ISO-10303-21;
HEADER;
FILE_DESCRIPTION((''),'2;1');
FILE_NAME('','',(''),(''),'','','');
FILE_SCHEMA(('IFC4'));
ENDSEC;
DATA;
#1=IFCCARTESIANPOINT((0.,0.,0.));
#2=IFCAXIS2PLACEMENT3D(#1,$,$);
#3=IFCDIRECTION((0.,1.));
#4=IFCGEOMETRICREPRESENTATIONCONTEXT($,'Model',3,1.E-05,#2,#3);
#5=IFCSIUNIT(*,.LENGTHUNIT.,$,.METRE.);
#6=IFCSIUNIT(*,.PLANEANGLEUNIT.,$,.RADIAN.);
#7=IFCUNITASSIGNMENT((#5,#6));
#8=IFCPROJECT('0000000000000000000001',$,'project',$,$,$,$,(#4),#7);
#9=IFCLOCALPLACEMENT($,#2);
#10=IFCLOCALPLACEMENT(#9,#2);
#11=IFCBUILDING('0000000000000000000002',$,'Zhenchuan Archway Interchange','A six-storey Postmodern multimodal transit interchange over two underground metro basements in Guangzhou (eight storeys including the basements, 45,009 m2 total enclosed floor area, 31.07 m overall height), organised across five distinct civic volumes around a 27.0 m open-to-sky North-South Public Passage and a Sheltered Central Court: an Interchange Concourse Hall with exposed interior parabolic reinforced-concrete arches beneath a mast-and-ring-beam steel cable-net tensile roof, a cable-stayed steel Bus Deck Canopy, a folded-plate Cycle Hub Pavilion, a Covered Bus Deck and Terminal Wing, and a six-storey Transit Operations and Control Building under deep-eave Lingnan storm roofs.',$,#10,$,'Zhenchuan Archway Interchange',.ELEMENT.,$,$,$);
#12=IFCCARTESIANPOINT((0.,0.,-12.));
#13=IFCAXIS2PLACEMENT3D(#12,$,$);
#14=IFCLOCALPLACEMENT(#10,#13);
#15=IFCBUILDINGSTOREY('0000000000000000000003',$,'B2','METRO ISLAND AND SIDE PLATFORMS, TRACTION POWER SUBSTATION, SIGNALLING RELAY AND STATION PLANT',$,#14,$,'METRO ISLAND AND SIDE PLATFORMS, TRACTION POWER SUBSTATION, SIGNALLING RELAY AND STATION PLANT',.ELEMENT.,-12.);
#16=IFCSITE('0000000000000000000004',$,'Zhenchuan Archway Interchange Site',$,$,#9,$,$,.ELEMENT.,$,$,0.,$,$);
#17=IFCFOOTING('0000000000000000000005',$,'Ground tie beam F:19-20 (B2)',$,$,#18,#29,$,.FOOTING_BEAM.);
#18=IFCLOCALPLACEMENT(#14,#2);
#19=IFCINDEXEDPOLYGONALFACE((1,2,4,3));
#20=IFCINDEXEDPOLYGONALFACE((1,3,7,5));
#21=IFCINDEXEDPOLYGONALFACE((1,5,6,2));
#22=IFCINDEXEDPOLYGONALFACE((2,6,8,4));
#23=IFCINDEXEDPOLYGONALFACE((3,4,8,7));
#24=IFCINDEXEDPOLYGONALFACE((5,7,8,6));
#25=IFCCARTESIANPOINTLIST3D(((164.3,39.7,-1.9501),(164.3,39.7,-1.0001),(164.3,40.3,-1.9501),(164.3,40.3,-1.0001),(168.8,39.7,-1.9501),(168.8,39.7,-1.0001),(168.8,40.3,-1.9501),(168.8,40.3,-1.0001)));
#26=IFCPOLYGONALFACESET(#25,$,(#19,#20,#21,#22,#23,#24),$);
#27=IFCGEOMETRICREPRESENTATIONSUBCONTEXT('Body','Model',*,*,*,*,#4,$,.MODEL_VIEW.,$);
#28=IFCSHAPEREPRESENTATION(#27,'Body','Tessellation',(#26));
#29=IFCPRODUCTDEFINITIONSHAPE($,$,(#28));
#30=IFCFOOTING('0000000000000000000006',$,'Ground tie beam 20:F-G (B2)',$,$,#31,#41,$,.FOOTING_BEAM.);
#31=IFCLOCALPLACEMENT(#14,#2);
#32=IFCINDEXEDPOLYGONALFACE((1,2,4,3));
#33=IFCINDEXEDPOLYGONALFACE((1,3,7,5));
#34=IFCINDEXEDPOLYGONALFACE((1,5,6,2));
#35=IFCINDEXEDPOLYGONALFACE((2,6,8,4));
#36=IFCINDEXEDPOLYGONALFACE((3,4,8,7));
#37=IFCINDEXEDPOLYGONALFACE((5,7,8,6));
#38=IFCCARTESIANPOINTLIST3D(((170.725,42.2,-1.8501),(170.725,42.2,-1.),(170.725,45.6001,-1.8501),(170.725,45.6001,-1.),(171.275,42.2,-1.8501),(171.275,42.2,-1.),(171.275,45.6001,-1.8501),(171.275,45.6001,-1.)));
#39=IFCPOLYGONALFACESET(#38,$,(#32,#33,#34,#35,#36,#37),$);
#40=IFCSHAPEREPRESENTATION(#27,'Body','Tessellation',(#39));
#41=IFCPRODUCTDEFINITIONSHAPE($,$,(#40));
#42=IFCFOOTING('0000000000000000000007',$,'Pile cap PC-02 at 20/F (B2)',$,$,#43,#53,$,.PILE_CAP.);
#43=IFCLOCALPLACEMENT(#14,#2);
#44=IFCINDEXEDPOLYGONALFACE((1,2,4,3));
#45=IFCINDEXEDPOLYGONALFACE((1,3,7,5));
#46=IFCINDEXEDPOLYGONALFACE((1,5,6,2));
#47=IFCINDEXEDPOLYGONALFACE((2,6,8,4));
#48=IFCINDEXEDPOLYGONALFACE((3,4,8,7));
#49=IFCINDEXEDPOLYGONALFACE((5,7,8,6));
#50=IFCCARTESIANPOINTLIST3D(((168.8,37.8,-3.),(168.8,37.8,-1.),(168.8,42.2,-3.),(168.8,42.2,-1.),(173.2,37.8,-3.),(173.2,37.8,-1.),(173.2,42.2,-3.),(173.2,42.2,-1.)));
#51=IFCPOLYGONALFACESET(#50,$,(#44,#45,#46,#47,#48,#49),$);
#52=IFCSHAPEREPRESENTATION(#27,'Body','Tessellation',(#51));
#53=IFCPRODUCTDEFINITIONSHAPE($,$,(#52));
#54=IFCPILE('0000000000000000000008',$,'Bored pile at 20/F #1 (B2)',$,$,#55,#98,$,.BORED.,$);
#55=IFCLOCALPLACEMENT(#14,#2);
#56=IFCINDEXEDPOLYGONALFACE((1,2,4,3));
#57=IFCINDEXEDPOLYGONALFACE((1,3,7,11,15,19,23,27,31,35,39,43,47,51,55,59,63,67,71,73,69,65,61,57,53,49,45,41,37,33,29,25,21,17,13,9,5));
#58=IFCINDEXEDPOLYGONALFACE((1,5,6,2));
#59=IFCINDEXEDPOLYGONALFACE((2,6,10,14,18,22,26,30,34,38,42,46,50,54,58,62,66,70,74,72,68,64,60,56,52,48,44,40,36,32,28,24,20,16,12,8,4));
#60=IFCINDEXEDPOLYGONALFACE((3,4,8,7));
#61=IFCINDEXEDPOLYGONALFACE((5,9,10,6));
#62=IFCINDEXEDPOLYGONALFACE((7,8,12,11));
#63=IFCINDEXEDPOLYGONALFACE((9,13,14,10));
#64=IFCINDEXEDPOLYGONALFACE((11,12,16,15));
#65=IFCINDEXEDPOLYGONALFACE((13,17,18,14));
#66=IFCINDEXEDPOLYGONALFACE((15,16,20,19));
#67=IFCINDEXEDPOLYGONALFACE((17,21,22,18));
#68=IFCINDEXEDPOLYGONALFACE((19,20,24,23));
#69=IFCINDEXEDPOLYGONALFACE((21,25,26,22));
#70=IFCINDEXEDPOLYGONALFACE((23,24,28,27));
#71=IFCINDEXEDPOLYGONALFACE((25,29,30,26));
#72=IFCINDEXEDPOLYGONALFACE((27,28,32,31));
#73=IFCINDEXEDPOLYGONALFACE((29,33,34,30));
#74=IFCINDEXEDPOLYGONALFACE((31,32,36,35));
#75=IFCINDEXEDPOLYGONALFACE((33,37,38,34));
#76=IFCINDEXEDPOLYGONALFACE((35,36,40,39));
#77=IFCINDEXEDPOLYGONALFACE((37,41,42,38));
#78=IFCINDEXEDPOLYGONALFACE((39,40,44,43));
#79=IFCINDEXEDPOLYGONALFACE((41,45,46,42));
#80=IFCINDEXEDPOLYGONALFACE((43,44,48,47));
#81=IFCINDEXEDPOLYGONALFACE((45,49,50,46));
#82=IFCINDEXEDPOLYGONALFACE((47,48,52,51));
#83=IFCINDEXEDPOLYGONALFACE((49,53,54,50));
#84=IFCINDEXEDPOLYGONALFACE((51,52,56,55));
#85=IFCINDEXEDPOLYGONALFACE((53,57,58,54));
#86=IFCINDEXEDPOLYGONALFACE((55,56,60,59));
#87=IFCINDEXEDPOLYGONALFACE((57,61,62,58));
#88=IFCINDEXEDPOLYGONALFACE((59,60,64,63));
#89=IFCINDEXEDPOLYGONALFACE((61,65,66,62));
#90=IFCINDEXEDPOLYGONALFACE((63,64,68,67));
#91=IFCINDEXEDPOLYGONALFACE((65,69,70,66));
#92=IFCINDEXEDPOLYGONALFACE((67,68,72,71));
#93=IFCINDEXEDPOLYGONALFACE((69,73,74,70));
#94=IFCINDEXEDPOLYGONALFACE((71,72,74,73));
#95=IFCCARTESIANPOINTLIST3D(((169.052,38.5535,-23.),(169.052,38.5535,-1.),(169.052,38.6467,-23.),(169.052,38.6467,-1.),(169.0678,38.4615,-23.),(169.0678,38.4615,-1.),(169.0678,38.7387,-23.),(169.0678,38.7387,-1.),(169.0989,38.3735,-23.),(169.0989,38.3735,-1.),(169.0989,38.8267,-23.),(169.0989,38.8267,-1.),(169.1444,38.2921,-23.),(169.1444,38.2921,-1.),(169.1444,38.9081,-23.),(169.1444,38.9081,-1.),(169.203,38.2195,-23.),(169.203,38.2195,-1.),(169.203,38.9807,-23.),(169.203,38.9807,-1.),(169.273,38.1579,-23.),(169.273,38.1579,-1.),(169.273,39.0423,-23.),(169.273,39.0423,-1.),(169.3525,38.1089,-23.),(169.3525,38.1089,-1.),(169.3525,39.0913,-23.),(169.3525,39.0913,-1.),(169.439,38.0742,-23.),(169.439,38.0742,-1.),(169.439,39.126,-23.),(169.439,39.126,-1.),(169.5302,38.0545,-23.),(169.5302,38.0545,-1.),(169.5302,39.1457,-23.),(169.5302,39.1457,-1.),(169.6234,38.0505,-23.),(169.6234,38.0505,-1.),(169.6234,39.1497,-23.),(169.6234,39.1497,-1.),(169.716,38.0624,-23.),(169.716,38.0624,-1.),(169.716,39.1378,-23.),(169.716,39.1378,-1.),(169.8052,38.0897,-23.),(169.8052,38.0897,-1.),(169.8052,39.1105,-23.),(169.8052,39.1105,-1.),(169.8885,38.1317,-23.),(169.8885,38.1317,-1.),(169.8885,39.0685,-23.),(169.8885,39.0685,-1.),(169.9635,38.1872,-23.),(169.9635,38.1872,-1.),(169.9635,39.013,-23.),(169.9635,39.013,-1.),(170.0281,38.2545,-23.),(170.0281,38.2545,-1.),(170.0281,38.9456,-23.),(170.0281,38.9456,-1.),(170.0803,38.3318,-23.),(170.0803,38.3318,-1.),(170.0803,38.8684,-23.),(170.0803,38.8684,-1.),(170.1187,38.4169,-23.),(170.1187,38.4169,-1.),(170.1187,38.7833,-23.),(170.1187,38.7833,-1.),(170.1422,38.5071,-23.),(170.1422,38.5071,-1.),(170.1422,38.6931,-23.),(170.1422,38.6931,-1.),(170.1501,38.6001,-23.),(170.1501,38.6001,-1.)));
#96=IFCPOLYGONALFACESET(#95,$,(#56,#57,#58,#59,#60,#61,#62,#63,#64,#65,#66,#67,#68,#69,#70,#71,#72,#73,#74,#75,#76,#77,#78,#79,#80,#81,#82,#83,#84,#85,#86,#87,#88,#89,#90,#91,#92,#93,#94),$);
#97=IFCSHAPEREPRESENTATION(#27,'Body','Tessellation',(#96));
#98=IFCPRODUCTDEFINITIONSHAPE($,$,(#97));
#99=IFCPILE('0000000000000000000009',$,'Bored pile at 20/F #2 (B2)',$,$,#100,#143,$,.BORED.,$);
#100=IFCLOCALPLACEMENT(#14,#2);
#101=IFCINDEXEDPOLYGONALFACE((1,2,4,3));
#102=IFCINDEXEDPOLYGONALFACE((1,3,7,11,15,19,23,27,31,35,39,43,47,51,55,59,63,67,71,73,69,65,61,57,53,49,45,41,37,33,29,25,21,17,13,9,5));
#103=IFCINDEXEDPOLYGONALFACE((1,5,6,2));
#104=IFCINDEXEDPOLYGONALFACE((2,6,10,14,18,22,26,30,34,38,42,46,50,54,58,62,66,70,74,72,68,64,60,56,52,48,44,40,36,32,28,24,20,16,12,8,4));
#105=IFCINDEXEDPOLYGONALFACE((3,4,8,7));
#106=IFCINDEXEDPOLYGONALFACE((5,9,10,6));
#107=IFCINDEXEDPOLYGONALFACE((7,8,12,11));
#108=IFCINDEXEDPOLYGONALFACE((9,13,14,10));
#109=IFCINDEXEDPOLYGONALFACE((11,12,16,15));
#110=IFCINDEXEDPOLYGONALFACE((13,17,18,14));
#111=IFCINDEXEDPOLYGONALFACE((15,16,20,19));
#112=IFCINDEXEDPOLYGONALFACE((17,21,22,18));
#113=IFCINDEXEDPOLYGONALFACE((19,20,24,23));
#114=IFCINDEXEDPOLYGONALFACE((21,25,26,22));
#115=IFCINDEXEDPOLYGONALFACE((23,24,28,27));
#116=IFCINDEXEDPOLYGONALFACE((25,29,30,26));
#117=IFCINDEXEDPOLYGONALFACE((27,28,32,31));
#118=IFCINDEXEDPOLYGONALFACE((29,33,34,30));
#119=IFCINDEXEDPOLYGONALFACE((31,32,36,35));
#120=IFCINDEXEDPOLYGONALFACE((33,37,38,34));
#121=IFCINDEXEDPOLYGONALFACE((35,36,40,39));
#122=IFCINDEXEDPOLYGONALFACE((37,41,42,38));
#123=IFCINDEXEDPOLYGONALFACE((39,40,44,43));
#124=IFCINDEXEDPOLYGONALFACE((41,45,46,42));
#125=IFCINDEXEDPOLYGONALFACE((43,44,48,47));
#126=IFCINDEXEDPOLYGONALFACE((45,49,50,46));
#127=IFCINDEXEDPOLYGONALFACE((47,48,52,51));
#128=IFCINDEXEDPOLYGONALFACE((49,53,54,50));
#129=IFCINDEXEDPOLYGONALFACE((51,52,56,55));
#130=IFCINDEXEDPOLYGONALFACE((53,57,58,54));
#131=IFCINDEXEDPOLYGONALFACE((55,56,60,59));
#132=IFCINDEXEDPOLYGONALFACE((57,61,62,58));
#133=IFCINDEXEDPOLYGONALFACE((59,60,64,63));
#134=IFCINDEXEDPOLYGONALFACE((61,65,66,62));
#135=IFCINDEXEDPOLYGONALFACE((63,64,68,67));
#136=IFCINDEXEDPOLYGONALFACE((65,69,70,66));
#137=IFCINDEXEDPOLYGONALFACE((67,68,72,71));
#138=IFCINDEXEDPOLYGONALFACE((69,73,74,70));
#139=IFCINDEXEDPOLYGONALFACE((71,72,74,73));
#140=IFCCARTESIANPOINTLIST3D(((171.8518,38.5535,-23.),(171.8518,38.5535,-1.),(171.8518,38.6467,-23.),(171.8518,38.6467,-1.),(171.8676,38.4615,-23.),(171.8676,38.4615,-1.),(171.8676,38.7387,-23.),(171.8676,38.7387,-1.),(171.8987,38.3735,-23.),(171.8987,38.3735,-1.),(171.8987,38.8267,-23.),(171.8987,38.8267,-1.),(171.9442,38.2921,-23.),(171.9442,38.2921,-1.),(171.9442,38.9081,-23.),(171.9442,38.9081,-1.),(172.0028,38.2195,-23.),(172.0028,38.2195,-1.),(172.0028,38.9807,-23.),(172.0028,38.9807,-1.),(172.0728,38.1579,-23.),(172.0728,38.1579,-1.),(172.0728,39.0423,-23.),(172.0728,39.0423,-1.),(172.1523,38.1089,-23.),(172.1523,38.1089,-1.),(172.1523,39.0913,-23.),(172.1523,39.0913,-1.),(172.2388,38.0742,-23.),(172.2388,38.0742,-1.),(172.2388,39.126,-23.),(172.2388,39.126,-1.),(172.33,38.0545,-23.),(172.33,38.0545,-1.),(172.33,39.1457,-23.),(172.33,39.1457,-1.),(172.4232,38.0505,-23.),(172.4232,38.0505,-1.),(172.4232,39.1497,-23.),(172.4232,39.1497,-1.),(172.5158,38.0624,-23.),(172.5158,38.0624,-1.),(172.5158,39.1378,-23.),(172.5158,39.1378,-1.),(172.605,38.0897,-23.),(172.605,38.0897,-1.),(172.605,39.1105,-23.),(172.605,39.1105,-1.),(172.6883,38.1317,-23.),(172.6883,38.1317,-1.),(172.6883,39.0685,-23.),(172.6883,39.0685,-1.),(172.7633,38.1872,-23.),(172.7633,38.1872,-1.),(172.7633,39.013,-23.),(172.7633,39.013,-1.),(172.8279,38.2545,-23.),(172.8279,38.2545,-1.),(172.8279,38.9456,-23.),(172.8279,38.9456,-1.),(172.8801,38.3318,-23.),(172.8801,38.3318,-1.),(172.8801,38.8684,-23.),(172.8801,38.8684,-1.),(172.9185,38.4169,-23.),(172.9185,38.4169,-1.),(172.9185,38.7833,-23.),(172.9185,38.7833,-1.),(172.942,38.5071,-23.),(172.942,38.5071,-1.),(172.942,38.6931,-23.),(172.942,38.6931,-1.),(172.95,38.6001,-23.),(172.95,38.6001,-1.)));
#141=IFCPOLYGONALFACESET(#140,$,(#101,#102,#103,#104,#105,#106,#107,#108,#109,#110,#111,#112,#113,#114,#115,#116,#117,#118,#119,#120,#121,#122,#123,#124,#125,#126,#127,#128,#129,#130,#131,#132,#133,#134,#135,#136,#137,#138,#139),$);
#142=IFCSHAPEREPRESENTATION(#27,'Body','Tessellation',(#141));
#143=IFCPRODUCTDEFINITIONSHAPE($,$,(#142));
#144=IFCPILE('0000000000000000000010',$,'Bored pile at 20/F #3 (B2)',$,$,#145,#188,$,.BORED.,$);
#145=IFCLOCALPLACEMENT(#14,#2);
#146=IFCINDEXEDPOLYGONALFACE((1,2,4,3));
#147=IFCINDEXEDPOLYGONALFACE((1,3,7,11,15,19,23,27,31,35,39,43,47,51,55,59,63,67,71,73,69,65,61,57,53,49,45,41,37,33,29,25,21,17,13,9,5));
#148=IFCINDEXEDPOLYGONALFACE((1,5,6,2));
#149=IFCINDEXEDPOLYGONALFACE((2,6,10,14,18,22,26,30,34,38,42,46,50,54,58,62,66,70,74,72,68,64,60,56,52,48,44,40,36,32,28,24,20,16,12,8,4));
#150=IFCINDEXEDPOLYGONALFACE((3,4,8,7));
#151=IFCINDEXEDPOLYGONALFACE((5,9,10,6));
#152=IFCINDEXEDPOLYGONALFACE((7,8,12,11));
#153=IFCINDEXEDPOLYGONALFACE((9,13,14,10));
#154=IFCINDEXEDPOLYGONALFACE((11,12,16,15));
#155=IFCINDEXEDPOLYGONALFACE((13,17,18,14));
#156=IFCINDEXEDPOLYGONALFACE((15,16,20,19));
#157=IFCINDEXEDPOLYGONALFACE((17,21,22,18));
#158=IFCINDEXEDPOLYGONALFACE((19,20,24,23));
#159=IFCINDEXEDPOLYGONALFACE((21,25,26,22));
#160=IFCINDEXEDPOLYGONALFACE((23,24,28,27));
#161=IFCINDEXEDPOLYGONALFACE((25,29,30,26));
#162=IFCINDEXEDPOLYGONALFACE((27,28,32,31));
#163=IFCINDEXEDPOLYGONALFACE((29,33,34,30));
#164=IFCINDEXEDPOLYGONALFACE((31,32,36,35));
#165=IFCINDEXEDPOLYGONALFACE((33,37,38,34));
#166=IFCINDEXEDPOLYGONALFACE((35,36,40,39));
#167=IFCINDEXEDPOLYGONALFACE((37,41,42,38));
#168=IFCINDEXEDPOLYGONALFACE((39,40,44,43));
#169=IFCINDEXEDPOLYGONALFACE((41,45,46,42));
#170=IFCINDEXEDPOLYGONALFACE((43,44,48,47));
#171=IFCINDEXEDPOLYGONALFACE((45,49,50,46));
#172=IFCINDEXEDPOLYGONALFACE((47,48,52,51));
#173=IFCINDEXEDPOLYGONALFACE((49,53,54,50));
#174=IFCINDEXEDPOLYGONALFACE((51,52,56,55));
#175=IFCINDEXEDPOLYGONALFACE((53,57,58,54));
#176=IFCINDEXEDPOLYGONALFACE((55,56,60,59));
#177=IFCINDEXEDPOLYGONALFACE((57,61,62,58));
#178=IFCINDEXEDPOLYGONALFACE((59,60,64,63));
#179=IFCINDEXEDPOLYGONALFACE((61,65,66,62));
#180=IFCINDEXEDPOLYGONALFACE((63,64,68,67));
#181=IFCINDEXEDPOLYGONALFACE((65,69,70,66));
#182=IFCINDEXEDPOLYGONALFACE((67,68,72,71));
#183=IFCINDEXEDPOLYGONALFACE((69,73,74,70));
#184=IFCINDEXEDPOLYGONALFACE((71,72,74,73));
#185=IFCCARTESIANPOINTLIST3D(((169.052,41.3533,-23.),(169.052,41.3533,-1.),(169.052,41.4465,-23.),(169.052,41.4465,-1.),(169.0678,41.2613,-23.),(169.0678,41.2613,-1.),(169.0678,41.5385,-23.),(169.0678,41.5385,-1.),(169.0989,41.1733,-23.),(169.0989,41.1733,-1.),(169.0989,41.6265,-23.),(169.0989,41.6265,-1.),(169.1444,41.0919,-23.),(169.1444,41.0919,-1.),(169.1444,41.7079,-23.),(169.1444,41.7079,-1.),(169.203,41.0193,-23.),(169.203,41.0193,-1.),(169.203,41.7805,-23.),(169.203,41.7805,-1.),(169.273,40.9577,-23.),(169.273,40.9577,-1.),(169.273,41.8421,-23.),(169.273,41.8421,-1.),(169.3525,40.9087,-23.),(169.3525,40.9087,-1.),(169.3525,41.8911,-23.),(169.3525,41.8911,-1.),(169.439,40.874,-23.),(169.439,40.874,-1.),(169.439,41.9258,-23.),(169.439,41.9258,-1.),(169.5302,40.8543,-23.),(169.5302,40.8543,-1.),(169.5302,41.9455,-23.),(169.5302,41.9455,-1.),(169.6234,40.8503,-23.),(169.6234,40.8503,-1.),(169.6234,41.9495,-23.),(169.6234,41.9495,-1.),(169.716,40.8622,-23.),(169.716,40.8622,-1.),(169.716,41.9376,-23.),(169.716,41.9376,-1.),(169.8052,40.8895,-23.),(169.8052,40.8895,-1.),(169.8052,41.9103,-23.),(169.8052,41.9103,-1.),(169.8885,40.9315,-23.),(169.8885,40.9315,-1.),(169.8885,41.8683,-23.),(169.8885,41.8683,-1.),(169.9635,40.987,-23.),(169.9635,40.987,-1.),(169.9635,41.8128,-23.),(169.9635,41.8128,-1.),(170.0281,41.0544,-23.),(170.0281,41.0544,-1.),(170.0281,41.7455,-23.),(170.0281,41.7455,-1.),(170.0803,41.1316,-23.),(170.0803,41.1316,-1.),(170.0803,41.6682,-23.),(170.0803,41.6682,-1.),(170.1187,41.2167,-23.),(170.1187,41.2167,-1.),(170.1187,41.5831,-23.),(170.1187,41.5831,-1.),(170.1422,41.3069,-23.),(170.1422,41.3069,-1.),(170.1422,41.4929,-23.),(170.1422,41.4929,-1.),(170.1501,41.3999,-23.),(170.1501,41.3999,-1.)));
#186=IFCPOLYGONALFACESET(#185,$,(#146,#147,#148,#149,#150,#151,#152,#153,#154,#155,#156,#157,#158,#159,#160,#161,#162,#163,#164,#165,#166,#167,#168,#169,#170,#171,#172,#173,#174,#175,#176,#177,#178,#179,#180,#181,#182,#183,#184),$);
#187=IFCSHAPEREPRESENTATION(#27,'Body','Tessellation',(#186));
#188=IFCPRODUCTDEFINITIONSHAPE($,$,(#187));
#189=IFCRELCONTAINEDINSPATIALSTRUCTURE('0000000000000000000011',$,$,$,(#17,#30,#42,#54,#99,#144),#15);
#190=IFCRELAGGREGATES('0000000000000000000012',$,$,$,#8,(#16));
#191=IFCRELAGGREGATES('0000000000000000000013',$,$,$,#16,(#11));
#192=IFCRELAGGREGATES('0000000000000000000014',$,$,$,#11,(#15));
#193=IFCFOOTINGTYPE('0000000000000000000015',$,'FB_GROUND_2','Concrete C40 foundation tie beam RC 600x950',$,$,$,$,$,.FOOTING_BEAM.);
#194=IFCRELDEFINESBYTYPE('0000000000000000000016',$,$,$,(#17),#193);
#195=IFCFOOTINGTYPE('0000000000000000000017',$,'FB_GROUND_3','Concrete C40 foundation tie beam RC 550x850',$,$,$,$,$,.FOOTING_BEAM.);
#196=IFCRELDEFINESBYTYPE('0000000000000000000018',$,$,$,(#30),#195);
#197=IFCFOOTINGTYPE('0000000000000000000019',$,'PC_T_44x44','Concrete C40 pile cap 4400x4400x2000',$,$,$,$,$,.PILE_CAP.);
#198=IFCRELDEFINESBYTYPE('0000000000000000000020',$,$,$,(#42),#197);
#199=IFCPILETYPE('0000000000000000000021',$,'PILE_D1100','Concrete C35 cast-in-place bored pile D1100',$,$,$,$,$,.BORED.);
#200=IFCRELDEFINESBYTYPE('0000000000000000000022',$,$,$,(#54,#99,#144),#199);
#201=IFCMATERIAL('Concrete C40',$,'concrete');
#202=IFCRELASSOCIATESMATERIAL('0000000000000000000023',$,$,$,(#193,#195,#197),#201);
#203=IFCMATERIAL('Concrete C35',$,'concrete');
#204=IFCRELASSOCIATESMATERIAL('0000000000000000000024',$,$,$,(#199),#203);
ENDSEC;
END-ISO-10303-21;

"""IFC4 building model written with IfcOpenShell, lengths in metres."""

from ifc_helpers import new_model, si_unit, direction, frame, origin, origin_2d, place, context, subcontext, project, spatial, rectangle, circle, extrude, material, material_profile, profile_set, type_object, element, save


model = new_model("IFC4")

# Units and contexts
model_context = context("Model", 3, precision=1e-05, world=origin(), true_north=direction((0.0, 1.0)))
body_context = subcontext(model_context, "Body", "Model", "MODEL_VIEW")
ifc_project = project(units=[si_unit("LENGTHUNIT", "METRE"), si_unit("PLANEANGLEUNIT", "RADIAN")], contexts=[model_context])

# Site, building, storey
site_placement = place(None, origin())
site = spatial("IfcSite", under=ifc_project, at=site_placement, Name="Zhenchuan Archway Interchange Site", CompositionType="ELEMENT", RefElevation=0.0)
building_placement = place(site_placement, origin())
building = spatial("IfcBuilding", under=site, at=building_placement, Name="Zhenchuan Archway Interchange", Description="A six-storey Postmodern multimodal transit interchange over two underground metro basements in Guangzhou (eight storeys including the basements, 45,009 m2 total enclosed floor area, 31.07 m overall height), organised across five distinct civic volumes around a 27.0 m open-to-sky North-South Public Passage and a Sheltered Central Court: an Interchange Concourse Hall with exposed interior parabolic reinforced-concrete arches beneath a mast-and-ring-beam steel cable-net tensile roof, a cable-stayed steel Bus Deck Canopy, a folded-plate Cycle Hub Pavilion, a Covered Bus Deck and Terminal Wing, and a six-storey Transit Operations and Control Building under deep-eave Lingnan storm roofs.", LongName="Zhenchuan Archway Interchange", CompositionType="ELEMENT")
storey_placement = place(building_placement, frame((0.0, 0.0, -12.0)))
storey = spatial("IfcBuildingStorey", under=building, at=storey_placement, Name="B2", Description="METRO ISLAND AND SIDE PLATFORMS, TRACTION POWER SUBSTATION, SIGNALLING RELAY AND STATION PLANT", LongName="METRO ISLAND AND SIDE PLATFORMS, TRACTION POWER SUBSTATION, SIGNALLING RELAY AND STATION PLANT", CompositionType="ELEMENT", Elevation=-12.0)

# Footings
ifc_material_1 = material(Name="Concrete C40", Category="concrete")
ifc_material_profile_1 = material_profile(ifc_material_1, rectangle(XDim=0.6001, YDim=0.95, at=origin_2d()), Name="RC 600x950")
ifc_profile_set_1 = profile_set([ifc_material_profile_1], Name="Concrete C40")
footing_type_1 = type_object("IfcFootingType", Name="FB_GROUND_2", Description="Concrete C40 foundation tie beam RC 600x950", PredefinedType="FOOTING_BEAM", material=ifc_profile_set_1)
footing_1_placement = place(storey_placement, frame((164.3, 40.0, -1.4751), z_axis=(1.0, 0.0, 0.0), x_axis=(0.0, 1.0, 0.0)))
element("IfcFooting", 1, at=footing_1_placement, inside=storey, type_object=footing_type_1, Name="Ground tie beam F:19-20 (B2)", PredefinedType="FOOTING_BEAM", context=body_context, shape_type="SweptSolid", body=[
    extrude(rectangle(XDim=0.6001, YDim=0.95, at=origin_2d()), origin(), (0.0, 0.0, 1.0), 4.5),
])
ifc_material_profile_2 = material_profile(ifc_material_1, rectangle(XDim=0.55, YDim=0.8501, at=origin_2d()), Name="RC 550x850")
ifc_profile_set_2 = profile_set([ifc_material_profile_2], Name="Concrete C40")
footing_type_2 = type_object("IfcFootingType", Name="FB_GROUND_3", Description="Concrete C40 foundation tie beam RC 550x850", PredefinedType="FOOTING_BEAM", material=ifc_profile_set_2)
footing_2_placement = place(storey_placement, frame((171.0, 42.2, -1.425), z_axis=(0.0, 1.0, 0.0), x_axis=(-1.0, 0.0, 0.0)))
element("IfcFooting", 2, at=footing_2_placement, inside=storey, type_object=footing_type_2, Name="Ground tie beam 20:F-G (B2)", PredefinedType="FOOTING_BEAM", context=body_context, shape_type="SweptSolid", body=[
    extrude(rectangle(XDim=0.55, YDim=0.8501, at=origin_2d()), origin(), (0.0, 0.0, 1.0), 3.4001),
])
footing_type_3 = type_object("IfcFootingType", Name="PC_T_44x44", Description="Concrete C40 pile cap 4400x4400x2000", PredefinedType="PILE_CAP", material=ifc_material_1)
footing_3_placement = place(storey_placement, frame((171.0, 40.0, -3.0), z_axis=(0.0, 0.0, 1.0), x_axis=(1.0, 0.0, 0.0)))
element("IfcFooting", 3, at=footing_3_placement, inside=storey, type_object=footing_type_3, Name="Pile cap PC-02 at 20/F (B2)", PredefinedType="PILE_CAP", context=body_context, shape_type="SweptSolid", body=[
    extrude(rectangle(XDim=4.3999, YDim=4.3999, at=origin_2d()), origin(), (0.0, 0.0, 1.0), 2.0),
])

# Piles
ifc_material_2 = material(Name="Concrete C35", Category="concrete")
ifc_material_profile_3 = material_profile(ifc_material_2, circle(Radius=0.55, at=origin_2d()), Name="BORED PILE 1100")
ifc_profile_set_3 = profile_set([ifc_material_profile_3], Name="Concrete C35")
pile_type_1 = type_object("IfcPileType", Name="PILE_D1100", Description="Concrete C35 cast-in-place bored pile D1100", PredefinedType="BORED", material=ifc_profile_set_3)
for number, where, z_axis, x_axis, name in (
    (4, (169.6001, 38.6001, -1.0), (0.0, 0.0, -1.0), (1.0, 0.0, 0.0), "Bored pile at 20/F #1 (B2)"),
    (5, (172.3999, 38.6001, -1.0), (0.0, 0.0, -1.0), (1.0, 0.0, 0.0), "Bored pile at 20/F #2 (B2)"),
    (6, (169.6001, 41.3999, -1.0), (0.0, 0.0, -1.0), (1.0, 0.0, 0.0), "Bored pile at 20/F #3 (B2)"),
):
    element("IfcPile", number, at=place(storey_placement, frame(where, z_axis=z_axis, x_axis=x_axis)), inside=storey, type_object=pile_type_1, Name=name, PredefinedType="BORED", context=body_context, shape_type="SweptSolid", body=[
        extrude(circle(Radius=0.55, at=origin_2d()), origin(), (0.0, 0.0, 1.0), 22.0),
    ])

save(model, "model.ifc")
